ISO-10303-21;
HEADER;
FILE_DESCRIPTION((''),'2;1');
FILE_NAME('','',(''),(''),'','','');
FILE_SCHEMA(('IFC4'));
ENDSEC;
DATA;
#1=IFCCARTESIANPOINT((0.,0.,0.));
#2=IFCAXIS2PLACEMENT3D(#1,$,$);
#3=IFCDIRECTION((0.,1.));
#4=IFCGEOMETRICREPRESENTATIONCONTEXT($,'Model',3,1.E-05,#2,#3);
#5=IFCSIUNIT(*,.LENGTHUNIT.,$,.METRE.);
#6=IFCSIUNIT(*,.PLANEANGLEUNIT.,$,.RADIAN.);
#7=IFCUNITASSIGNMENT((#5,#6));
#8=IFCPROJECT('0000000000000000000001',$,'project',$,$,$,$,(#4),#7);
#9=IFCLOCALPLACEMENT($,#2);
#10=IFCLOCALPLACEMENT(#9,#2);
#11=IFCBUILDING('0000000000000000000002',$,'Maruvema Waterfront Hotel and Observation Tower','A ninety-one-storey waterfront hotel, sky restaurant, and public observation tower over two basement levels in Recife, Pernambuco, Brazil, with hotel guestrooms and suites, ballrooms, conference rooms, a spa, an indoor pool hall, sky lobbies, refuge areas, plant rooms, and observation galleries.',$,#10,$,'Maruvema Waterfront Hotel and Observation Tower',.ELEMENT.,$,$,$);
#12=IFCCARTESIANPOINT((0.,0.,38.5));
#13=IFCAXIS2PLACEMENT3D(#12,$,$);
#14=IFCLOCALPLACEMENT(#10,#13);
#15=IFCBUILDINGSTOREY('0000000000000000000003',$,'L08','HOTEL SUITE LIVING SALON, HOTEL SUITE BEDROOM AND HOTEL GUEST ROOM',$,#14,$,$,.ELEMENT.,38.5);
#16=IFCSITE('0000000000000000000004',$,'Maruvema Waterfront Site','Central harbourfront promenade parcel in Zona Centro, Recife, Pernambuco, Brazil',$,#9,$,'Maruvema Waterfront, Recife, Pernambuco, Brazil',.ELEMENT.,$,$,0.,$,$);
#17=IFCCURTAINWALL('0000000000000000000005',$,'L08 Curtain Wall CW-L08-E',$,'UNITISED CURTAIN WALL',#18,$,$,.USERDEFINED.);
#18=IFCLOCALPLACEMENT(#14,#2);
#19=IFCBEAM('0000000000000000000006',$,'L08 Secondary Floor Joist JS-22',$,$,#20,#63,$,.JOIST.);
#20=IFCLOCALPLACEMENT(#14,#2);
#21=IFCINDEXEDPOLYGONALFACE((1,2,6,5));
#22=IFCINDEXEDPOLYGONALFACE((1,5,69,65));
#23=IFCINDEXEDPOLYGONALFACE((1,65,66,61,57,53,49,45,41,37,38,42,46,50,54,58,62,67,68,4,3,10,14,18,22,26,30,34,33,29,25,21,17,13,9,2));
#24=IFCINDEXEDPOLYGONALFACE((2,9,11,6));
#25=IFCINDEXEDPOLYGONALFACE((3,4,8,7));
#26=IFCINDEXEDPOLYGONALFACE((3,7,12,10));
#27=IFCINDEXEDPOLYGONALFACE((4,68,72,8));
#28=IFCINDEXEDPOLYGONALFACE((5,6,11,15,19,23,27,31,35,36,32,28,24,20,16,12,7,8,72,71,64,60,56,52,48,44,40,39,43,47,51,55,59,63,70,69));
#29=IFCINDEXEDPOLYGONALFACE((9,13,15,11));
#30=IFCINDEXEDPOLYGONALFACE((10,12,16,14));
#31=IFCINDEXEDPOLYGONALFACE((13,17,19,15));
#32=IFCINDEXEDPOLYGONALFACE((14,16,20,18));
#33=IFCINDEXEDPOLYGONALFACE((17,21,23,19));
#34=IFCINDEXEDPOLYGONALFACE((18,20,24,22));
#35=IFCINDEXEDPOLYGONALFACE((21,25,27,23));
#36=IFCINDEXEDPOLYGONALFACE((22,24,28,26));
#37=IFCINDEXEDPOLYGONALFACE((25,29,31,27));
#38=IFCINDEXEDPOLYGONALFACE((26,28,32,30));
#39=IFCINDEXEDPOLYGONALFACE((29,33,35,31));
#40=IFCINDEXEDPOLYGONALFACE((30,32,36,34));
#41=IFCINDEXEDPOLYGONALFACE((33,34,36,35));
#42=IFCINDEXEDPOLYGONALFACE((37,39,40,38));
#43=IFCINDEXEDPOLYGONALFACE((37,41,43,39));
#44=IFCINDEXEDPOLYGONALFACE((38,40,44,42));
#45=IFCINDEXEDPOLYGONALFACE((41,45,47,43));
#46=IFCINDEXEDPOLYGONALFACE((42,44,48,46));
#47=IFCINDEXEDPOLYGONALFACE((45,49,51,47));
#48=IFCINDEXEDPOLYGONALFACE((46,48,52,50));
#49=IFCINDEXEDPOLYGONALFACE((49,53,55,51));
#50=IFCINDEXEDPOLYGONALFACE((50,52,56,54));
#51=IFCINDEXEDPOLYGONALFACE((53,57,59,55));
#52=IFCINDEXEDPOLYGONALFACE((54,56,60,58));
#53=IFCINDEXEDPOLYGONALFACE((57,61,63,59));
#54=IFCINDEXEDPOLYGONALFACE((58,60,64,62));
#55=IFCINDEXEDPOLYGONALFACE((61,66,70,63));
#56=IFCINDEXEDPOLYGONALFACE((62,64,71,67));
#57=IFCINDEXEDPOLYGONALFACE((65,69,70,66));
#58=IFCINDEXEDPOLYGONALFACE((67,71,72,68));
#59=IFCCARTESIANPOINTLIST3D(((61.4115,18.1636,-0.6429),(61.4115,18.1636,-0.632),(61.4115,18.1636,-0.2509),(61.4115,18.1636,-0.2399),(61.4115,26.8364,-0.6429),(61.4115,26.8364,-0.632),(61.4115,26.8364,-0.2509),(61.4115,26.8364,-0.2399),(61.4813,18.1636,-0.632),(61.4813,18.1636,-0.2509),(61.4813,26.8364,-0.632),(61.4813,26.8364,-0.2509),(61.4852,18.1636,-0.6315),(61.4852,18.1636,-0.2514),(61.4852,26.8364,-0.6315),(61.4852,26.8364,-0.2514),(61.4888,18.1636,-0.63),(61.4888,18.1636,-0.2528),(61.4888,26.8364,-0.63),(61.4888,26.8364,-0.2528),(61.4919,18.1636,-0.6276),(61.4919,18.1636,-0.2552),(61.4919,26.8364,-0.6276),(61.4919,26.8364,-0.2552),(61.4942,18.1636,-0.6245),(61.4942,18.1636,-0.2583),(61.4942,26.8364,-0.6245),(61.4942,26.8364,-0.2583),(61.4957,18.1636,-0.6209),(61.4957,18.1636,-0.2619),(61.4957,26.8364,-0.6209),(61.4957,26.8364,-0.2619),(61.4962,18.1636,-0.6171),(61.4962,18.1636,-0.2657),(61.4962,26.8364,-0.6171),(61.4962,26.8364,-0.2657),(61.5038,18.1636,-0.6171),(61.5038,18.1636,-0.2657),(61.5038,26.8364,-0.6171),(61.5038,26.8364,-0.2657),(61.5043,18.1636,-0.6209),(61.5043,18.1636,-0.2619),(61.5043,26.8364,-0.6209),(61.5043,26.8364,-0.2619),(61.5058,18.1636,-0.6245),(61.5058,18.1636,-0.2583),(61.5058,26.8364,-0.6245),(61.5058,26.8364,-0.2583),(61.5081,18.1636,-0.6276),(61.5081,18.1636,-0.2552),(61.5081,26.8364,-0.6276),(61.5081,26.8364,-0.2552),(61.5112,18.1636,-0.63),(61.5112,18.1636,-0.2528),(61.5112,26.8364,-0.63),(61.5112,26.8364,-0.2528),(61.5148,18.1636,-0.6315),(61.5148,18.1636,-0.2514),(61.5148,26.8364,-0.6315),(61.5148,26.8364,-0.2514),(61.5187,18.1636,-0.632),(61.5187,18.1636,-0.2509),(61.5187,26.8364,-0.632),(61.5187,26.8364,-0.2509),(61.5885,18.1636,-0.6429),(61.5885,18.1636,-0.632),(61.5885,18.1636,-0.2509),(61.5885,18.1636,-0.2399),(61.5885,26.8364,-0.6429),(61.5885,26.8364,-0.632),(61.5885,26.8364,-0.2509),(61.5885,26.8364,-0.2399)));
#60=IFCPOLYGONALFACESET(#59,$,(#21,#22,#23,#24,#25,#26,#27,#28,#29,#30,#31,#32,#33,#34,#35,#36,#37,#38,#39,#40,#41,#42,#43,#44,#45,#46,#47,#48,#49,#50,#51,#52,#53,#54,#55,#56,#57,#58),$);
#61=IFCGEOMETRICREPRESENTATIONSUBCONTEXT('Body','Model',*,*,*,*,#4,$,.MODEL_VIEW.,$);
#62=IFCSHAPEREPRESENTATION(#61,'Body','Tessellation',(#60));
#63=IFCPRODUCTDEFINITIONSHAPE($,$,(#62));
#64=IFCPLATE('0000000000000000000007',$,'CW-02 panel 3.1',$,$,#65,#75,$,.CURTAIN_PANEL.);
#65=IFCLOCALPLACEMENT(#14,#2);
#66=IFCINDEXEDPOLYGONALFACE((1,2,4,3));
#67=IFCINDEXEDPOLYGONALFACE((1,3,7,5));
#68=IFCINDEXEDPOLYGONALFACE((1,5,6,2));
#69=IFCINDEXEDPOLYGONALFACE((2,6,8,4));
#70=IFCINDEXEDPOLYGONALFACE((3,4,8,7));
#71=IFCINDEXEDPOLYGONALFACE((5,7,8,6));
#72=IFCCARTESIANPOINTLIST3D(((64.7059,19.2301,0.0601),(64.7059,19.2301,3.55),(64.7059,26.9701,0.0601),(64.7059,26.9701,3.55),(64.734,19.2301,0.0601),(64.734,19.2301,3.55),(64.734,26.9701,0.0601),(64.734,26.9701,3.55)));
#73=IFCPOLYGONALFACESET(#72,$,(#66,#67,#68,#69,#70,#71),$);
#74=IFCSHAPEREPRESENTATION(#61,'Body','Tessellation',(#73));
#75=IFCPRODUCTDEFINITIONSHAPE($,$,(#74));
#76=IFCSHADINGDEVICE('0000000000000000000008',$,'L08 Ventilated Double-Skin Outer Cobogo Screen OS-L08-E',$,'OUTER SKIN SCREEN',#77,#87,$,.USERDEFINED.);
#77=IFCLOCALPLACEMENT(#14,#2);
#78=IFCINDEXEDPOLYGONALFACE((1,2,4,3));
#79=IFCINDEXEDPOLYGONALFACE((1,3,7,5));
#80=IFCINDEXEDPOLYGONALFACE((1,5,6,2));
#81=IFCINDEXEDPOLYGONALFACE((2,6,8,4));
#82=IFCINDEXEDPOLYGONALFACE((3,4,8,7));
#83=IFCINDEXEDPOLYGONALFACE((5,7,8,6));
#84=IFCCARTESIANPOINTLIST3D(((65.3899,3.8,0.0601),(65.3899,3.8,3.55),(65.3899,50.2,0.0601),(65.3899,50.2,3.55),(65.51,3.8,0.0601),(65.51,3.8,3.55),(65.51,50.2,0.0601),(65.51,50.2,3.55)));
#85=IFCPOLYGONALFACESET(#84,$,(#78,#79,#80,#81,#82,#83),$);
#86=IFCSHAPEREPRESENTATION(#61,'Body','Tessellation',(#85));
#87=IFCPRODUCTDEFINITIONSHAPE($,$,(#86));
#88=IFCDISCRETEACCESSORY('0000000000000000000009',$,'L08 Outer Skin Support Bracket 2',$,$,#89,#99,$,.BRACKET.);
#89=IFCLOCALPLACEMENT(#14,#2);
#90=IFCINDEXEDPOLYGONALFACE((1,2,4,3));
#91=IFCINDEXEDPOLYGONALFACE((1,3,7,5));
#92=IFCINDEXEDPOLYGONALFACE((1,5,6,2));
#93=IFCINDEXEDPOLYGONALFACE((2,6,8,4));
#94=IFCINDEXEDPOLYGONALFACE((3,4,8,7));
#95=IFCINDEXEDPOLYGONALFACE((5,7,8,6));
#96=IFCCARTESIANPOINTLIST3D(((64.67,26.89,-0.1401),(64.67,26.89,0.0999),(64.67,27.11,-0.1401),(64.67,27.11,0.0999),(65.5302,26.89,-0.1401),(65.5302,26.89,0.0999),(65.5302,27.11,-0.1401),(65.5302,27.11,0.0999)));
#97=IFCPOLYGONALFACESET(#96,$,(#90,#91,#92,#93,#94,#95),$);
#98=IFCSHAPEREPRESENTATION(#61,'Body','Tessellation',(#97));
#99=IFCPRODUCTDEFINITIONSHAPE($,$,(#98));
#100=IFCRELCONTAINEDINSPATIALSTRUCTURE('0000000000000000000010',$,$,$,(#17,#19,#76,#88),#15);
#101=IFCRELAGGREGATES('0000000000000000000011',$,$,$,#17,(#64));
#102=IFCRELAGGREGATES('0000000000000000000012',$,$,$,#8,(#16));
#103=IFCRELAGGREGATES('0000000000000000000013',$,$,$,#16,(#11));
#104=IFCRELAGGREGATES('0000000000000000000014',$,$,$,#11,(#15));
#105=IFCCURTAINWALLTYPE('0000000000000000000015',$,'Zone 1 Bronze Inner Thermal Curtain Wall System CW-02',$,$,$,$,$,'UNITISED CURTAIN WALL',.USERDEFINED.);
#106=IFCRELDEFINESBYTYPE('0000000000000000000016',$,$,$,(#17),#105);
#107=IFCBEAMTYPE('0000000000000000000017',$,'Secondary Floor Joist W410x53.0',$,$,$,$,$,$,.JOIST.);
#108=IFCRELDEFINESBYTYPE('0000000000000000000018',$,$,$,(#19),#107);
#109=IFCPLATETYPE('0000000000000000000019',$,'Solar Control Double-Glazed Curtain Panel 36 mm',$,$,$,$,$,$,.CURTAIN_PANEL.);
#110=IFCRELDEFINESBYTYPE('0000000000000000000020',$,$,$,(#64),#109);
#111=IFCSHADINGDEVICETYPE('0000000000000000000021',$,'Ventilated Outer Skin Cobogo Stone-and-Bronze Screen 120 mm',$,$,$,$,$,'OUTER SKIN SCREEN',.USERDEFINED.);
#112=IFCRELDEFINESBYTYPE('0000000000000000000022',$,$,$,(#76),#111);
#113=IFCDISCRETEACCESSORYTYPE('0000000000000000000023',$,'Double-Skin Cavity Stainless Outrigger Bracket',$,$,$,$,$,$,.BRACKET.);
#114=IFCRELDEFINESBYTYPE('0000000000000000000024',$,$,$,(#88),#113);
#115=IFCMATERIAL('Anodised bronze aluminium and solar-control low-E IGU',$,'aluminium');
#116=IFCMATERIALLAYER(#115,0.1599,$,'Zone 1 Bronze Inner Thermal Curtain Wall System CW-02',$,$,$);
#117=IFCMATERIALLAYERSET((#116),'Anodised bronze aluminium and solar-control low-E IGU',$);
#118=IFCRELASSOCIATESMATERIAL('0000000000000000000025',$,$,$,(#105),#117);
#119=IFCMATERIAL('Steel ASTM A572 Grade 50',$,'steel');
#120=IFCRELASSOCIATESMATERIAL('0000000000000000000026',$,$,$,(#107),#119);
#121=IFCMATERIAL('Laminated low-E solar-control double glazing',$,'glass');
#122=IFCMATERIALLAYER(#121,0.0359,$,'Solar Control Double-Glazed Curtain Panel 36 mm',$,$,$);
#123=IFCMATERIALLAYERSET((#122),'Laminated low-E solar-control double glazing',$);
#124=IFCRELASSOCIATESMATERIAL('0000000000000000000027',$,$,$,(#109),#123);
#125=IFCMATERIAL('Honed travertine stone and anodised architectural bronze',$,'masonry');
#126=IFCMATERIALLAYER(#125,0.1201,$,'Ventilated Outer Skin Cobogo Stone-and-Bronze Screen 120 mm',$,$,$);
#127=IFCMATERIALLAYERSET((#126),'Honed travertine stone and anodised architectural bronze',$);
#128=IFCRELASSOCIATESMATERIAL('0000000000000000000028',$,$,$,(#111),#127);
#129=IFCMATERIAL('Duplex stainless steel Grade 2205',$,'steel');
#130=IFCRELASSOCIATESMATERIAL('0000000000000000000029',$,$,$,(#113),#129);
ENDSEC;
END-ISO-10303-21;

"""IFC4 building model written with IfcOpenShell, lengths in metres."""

from ifc_helpers import new_model, si_unit, direction, frame, origin, origin_2d, place, context, subcontext, project, spatial, rectangle, i_section, extrude, material, layer, layer_set, material_profile, profile_set, type_object, element, aggregate, save


model = new_model("IFC4")

# Units and contexts
model_context = context("Model", 3, precision=1e-05, world=origin(), true_north=direction((0.0, 1.0)))
body_context = subcontext(model_context, "Body", "Model", "MODEL_VIEW")
ifc_project = project(units=[si_unit("LENGTHUNIT", "METRE"), si_unit("PLANEANGLEUNIT", "RADIAN")], contexts=[model_context])

# Site, building, storey
site_placement = place(None, origin())
site = spatial("IfcSite", under=ifc_project, at=site_placement, Name="Maruvema Waterfront Site", Description="Central harbourfront promenade parcel in Zona Centro, Recife, Pernambuco, Brazil", LongName="Maruvema Waterfront, Recife, Pernambuco, Brazil", CompositionType="ELEMENT", RefElevation=0.0)
building_placement = place(site_placement, origin())
building = spatial("IfcBuilding", under=site, at=building_placement, Name="Maruvema Waterfront Hotel and Observation Tower", Description="A ninety-one-storey waterfront hotel, sky restaurant, and public observation tower over two basement levels in Recife, Pernambuco, Brazil, with hotel guestrooms and suites, ballrooms, conference rooms, a spa, an indoor pool hall, sky lobbies, refuge areas, plant rooms, and observation galleries.", LongName="Maruvema Waterfront Hotel and Observation Tower", CompositionType="ELEMENT")
storey_placement = place(building_placement, frame((0.0, 0.0, 38.5)))
storey = spatial("IfcBuildingStorey", under=building, at=storey_placement, Name="L08", Description="HOTEL SUITE LIVING SALON, HOTEL SUITE BEDROOM AND HOTEL GUEST ROOM", CompositionType="ELEMENT", Elevation=38.5)

# Curtain wall
ifc_material_1 = material(Name="Anodised bronze aluminium and solar-control low-E IGU", Category="aluminium")
ifc_layer_1 = layer(ifc_material_1, 0.1599, Name="Zone 1 Bronze Inner Thermal Curtain Wall System CW-02")
ifc_layer_set_1 = layer_set([ifc_layer_1], Name="Anodised bronze aluminium and solar-control low-E IGU")
curtain_wall_type = type_object("IfcCurtainWallType", Name="Zone 1 Bronze Inner Thermal Curtain Wall System CW-02", ElementType="UNITISED CURTAIN WALL", PredefinedType="USERDEFINED", material=ifc_layer_set_1)
curtain_wall_placement = place(storey_placement, origin())
curtain_wall = element("IfcCurtainWall", 1, at=curtain_wall_placement, inside=storey, type_object=curtain_wall_type, Name="L08 Curtain Wall CW-L08-E", ObjectType="UNITISED CURTAIN WALL", PredefinedType="USERDEFINED")

# Beam
ifc_material_2 = material(Name="Steel ASTM A572 Grade 50", Category="steel")
ifc_material_profile_1 = material_profile(ifc_material_2, i_section(OverallWidth=0.177, OverallDepth=0.4031, WebThickness=0.0076, FlangeThickness=0.011, FilletRadius=0.0149, at=origin_2d()), Name="W410x53.0")
ifc_profile_set_1 = profile_set([ifc_material_profile_1], Name="Steel ASTM A572 Grade 50")
beam_type_1 = type_object("IfcBeamType", Name="Secondary Floor Joist W410x53.0", PredefinedType="JOIST", material=ifc_profile_set_1)
beam_1_placement = place(storey_placement, frame((61.5, 18.1636, -0.4414), z_axis=(0.0, 1.0, 0.0), x_axis=(-1.0, 0.0, 0.0)))
element("IfcBeam", 2, at=beam_1_placement, inside=storey, type_object=beam_type_1, Name="L08 Secondary Floor Joist JS-22", PredefinedType="JOIST", context=body_context, shape_type="SweptSolid", body=[
    extrude(i_section(OverallWidth=0.177, OverallDepth=0.4031, WebThickness=0.0076, FlangeThickness=0.011, FilletRadius=0.0149, at=origin_2d()), origin(), (0.0, 0.0, 1.0), 8.6729),
])

# Plate
ifc_material_3 = material(Name="Laminated low-E solar-control double glazing", Category="glass")
ifc_layer_2 = layer(ifc_material_3, 0.0359, Name="Solar Control Double-Glazed Curtain Panel 36 mm")
ifc_layer_set_2 = layer_set([ifc_layer_2], Name="Laminated low-E solar-control double glazing")
plate_type = type_object("IfcPlateType", Name="Solar Control Double-Glazed Curtain Panel 36 mm", PredefinedType="CURTAIN_PANEL", material=ifc_layer_set_2)
plate_placement = place(storey_placement, frame((64.72, 23.1001, 0.0601), z_axis=(0.0, 0.0, 1.0), x_axis=(0.0, 1.0, 0.0)))
plate = element("IfcPlate", 3, at=plate_placement, type_object=plate_type, Name="CW-02 panel 3.1", PredefinedType="CURTAIN_PANEL", context=body_context, shape_type="SweptSolid", body=[
    extrude(rectangle(XDim=7.74, YDim=0.0281, at=origin_2d()), origin(), (0.0, 0.0, 1.0), 3.49),
])
aggregate(curtain_wall, [plate])

# Shading device
ifc_material_4 = material(Name="Honed travertine stone and anodised architectural bronze", Category="masonry")
ifc_layer_3 = layer(ifc_material_4, 0.1201, Name="Ventilated Outer Skin Cobogo Stone-and-Bronze Screen 120 mm")
ifc_layer_set_3 = layer_set([ifc_layer_3], Name="Honed travertine stone and anodised architectural bronze")
shading_device_type = type_object("IfcShadingDeviceType", Name="Ventilated Outer Skin Cobogo Stone-and-Bronze Screen 120 mm", ElementType="OUTER SKIN SCREEN", PredefinedType="USERDEFINED", material=ifc_layer_set_3)
shading_device_placement = place(storey_placement, frame((65.45, 27.0, 0.0601), z_axis=(0.0, 0.0, 1.0), x_axis=(0.0, 1.0, 0.0)))
element("IfcShadingDevice", 4, at=shading_device_placement, inside=storey, type_object=shading_device_type, Name="L08 Ventilated Double-Skin Outer Cobogo Screen OS-L08-E", ObjectType="OUTER SKIN SCREEN", PredefinedType="USERDEFINED", context=body_context, shape_type="SweptSolid", body=[
    extrude(rectangle(XDim=46.3999, YDim=0.1201, at=origin_2d()), origin(), (0.0, 0.0, 1.0), 3.49),
])

# Discrete accessory
ifc_material_5 = material(Name="Duplex stainless steel Grade 2205", Category="steel")
discrete_accessory_type = type_object("IfcDiscreteAccessoryType", Name="Double-Skin Cavity Stainless Outrigger Bracket", PredefinedType="BRACKET", material=ifc_material_5)
discrete_accessory_placement = place(storey_placement, frame((65.1001, 27.0, -0.1401), z_axis=(0.0, 0.0, 1.0), x_axis=(0.0, 1.0, 0.0)))
element("IfcDiscreteAccessory", 5, at=discrete_accessory_placement, inside=storey, type_object=discrete_accessory_type, Name="L08 Outer Skin Support Bracket 2", PredefinedType="BRACKET", context=body_context, shape_type="SweptSolid", body=[
    extrude(rectangle(XDim=0.22, YDim=0.8601, at=origin_2d()), origin(), (0.0, 0.0, 1.0), 0.24),
])

save(model, "model.ifc")
